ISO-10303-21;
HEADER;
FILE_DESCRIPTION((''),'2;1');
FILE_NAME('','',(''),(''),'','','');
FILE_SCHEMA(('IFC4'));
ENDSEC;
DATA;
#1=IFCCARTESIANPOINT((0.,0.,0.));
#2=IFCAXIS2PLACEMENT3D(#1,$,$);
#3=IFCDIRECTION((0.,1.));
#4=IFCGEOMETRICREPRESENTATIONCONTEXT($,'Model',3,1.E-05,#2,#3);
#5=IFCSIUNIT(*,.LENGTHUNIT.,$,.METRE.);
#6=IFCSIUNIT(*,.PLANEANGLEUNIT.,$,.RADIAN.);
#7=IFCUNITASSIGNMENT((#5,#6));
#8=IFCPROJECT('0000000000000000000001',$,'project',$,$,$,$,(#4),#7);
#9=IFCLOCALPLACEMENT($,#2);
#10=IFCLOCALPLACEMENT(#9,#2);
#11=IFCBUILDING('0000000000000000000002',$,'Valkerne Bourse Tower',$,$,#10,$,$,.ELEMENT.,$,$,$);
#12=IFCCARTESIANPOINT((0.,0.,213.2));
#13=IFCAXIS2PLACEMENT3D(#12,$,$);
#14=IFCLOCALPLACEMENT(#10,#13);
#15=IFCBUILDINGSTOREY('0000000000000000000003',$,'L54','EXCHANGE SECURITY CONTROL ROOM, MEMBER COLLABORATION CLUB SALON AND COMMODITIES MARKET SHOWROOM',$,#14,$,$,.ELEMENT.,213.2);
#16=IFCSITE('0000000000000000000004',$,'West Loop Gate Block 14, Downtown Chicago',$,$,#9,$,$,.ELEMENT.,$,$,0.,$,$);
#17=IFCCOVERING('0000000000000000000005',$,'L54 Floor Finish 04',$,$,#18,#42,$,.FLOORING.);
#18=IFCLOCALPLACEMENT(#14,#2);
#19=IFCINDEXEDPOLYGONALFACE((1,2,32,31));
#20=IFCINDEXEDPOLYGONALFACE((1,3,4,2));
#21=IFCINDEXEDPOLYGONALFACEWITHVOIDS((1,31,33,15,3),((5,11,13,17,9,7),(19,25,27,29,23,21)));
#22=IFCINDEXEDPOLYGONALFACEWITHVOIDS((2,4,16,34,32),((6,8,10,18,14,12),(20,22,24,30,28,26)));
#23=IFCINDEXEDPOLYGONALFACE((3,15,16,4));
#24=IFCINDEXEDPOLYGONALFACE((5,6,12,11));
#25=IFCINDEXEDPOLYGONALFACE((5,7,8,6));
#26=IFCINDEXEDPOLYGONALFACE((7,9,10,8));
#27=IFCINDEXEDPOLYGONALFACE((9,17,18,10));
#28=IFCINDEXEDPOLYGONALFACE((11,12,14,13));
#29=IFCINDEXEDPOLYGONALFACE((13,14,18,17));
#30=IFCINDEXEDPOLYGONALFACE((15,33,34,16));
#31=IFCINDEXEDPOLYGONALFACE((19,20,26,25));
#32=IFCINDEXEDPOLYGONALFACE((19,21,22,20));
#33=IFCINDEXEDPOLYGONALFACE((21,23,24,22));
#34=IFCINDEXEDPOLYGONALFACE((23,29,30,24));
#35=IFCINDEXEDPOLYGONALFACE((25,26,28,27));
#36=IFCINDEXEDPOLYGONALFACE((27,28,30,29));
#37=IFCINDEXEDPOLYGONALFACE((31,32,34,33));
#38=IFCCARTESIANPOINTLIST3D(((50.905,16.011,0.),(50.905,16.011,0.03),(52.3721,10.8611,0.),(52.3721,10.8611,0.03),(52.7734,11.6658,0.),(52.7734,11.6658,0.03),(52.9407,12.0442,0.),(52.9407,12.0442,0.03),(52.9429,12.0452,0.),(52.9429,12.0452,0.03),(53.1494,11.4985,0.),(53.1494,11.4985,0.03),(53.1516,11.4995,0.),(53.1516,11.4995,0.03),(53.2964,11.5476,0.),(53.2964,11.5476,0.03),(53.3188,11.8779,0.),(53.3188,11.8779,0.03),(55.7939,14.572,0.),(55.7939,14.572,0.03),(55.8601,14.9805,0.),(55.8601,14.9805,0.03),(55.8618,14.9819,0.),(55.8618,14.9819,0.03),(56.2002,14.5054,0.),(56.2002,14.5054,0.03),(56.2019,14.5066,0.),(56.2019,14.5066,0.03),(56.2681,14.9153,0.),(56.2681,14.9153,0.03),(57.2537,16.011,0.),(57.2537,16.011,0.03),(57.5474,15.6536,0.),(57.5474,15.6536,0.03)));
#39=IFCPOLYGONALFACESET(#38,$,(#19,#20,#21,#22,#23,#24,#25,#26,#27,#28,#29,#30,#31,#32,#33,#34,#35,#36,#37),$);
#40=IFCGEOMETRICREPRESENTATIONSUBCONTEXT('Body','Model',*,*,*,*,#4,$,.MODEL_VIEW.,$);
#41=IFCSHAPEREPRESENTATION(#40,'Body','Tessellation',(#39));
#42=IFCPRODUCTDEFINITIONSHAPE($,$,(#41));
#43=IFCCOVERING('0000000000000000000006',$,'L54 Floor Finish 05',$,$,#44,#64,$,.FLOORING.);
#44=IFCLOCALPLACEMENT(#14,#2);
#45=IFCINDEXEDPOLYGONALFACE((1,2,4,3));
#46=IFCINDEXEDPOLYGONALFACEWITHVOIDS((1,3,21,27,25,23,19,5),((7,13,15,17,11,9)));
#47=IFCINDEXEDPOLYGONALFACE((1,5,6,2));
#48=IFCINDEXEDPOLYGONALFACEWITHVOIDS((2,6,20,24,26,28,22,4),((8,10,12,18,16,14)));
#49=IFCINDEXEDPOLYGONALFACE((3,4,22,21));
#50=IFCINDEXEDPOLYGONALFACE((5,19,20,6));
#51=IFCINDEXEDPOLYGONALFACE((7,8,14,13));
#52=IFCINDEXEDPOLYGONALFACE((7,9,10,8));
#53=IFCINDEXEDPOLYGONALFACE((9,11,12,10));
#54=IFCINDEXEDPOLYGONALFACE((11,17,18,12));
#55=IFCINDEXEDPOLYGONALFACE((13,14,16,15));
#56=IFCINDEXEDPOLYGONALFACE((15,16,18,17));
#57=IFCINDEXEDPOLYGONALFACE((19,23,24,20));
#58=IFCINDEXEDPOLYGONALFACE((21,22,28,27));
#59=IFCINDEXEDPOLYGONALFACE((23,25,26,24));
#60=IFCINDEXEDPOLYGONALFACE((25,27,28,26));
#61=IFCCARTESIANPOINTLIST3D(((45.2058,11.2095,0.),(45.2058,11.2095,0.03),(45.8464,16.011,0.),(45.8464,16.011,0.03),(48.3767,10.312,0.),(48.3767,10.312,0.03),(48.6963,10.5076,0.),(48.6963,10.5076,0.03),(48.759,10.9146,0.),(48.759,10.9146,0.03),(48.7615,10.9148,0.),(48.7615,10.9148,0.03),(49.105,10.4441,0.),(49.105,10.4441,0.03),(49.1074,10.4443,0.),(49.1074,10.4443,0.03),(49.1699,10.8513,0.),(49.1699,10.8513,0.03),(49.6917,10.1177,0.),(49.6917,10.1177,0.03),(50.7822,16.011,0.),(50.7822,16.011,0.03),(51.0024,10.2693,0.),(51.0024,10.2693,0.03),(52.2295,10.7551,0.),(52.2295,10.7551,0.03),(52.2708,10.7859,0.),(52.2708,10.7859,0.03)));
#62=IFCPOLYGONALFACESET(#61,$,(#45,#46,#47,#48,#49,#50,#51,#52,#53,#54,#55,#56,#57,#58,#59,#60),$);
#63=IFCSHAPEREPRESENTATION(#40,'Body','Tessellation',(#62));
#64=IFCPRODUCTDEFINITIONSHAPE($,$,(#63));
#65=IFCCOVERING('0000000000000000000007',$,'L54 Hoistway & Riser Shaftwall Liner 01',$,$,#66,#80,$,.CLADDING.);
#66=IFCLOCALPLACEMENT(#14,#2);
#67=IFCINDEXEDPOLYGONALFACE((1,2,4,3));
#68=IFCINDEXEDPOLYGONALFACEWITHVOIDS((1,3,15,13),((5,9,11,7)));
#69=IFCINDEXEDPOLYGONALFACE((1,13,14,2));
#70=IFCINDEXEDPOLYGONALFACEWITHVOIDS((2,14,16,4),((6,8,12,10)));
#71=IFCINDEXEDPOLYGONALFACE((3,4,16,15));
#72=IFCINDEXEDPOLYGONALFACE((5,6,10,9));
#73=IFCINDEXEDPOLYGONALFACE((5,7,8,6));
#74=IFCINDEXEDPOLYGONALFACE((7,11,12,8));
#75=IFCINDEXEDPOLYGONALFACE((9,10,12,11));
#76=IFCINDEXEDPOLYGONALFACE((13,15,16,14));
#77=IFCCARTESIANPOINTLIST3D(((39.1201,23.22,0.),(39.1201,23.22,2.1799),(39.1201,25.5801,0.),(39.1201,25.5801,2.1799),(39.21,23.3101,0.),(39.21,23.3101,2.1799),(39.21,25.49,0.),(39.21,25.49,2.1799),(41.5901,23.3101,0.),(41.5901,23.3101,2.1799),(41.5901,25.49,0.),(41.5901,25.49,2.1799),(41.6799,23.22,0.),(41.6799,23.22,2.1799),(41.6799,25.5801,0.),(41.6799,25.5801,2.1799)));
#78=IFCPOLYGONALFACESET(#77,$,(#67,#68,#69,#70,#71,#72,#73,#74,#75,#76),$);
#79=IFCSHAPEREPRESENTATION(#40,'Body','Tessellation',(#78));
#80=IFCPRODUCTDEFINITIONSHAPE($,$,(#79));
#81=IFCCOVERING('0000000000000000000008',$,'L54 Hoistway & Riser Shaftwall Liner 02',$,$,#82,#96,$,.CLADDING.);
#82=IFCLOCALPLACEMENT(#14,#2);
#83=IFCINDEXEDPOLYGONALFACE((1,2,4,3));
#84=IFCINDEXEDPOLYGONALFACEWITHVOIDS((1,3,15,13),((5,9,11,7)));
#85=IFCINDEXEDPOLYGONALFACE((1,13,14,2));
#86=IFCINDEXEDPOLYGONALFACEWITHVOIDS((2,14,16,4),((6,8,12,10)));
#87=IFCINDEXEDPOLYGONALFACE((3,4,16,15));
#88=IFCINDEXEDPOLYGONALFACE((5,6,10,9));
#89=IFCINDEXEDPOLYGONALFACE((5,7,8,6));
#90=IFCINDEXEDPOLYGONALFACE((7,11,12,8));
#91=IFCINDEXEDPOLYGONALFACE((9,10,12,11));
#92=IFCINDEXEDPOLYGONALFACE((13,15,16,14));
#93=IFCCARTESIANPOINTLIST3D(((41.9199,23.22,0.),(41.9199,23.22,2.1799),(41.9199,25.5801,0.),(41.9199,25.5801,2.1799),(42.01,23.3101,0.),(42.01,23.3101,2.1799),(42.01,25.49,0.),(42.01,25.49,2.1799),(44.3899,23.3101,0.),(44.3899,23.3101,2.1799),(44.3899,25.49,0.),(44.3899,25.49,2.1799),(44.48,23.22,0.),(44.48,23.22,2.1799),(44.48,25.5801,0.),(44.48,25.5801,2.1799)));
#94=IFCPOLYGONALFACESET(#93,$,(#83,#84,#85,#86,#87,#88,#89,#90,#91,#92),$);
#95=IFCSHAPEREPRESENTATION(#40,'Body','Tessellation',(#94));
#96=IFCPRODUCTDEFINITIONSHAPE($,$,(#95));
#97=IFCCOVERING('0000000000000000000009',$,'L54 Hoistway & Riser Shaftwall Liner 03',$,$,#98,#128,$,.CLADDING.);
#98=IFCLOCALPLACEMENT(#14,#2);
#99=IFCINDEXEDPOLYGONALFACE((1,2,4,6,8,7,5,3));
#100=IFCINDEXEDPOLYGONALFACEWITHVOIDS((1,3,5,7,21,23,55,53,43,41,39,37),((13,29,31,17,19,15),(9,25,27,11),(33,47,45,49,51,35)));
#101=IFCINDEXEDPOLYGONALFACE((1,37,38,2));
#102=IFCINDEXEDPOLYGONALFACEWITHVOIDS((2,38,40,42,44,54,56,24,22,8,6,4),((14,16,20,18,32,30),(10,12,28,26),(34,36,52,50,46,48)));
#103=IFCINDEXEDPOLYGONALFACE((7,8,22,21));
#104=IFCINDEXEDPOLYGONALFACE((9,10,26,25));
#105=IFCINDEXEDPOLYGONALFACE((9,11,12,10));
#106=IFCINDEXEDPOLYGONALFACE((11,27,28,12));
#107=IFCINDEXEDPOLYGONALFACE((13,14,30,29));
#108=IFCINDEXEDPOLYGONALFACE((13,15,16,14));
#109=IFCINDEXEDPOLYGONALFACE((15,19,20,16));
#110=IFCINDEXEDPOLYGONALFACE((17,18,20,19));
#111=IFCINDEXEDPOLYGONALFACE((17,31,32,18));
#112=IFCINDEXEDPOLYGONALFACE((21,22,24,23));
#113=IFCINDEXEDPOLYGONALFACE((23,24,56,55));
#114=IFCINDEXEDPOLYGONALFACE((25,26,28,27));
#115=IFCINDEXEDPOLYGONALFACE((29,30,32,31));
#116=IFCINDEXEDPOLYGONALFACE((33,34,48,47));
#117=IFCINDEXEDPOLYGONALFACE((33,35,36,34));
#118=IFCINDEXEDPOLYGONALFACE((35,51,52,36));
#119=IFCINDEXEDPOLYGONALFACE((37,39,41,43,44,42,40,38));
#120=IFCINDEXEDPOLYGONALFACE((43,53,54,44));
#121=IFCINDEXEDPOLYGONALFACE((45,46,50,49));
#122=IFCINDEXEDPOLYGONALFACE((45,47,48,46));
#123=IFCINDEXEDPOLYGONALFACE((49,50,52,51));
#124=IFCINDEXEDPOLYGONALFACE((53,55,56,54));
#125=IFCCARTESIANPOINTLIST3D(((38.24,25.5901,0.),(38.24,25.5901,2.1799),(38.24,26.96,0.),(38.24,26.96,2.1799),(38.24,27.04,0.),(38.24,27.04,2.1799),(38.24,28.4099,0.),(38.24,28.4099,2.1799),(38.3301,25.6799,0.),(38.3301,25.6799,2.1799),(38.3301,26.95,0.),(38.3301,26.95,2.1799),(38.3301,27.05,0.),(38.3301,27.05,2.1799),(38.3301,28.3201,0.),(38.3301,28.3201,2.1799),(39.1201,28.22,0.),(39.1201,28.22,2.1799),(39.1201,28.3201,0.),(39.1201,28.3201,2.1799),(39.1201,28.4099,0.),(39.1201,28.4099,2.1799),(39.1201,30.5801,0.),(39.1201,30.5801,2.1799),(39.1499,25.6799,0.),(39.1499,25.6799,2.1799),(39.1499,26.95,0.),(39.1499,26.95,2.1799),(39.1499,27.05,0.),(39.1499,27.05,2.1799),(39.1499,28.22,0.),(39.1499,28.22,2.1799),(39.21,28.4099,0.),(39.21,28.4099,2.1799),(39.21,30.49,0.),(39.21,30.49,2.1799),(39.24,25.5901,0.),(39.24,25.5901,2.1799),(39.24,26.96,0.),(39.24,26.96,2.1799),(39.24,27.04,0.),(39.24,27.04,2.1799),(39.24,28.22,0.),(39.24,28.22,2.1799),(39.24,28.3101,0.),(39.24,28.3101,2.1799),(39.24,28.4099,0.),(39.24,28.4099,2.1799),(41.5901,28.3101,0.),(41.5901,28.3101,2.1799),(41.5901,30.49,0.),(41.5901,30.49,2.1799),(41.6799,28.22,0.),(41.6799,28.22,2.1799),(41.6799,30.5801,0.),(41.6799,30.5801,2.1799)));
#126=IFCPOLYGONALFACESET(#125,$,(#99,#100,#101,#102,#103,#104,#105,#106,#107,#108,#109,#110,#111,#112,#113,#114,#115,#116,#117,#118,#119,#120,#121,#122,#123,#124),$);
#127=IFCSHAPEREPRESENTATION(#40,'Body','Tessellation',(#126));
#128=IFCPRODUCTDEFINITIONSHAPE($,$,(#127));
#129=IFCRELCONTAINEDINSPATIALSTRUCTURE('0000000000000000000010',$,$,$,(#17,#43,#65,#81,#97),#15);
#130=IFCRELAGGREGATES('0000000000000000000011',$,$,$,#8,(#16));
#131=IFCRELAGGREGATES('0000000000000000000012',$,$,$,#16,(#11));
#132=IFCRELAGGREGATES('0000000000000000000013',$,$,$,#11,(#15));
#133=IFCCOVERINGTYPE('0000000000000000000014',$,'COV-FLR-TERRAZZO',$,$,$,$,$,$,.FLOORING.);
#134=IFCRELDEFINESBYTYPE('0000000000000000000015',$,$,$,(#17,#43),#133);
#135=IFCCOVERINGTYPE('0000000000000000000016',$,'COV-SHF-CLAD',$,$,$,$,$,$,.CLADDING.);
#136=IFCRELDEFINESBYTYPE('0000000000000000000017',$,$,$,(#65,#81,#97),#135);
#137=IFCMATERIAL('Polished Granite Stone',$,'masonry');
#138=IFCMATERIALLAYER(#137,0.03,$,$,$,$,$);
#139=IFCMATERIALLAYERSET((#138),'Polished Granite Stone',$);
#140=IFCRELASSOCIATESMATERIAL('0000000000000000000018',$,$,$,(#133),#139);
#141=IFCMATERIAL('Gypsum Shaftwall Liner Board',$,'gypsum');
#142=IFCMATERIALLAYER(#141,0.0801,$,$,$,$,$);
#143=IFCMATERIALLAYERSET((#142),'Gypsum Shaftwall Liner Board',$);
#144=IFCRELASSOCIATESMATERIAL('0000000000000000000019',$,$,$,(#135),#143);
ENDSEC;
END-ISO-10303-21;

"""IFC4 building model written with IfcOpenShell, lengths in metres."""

from ifc_helpers import new_model, si_unit, direction, frame, origin, place, context, subcontext, project, spatial, polyline, outline, extrude, material, layer, layer_set, type_object, element, save


model = new_model("IFC4")

# Units and contexts
model_context = context("Model", 3, precision=1e-05, world=origin(), true_north=direction((0.0, 1.0)))
body_context = subcontext(model_context, "Body", "Model", "MODEL_VIEW")
ifc_project = project(units=[si_unit("LENGTHUNIT", "METRE"), si_unit("PLANEANGLEUNIT", "RADIAN")], contexts=[model_context])

# Site, building, storey
site_placement = place(None, origin())
site = spatial("IfcSite", under=ifc_project, at=site_placement, Name="West Loop Gate Block 14, Downtown Chicago", CompositionType="ELEMENT", RefElevation=0.0)
building_placement = place(site_placement, origin())
building = spatial("IfcBuilding", under=site, at=building_placement, Name="Valkerne Bourse Tower", CompositionType="ELEMENT")
storey_placement = place(building_placement, frame((0.0, 0.0, 213.2)))
storey = spatial("IfcBuildingStorey", under=building, at=storey_placement, Name="L54", Description="EXCHANGE SECURITY CONTROL ROOM, MEMBER COLLABORATION CLUB SALON AND COMMODITIES MARKET SHOWROOM", CompositionType="ELEMENT", Elevation=213.2)

# Coverings
ifc_material_1 = material(Name="Polished Granite Stone", Category="masonry")
ifc_layer_1 = layer(ifc_material_1, 0.03)
ifc_layer_set_1 = layer_set([ifc_layer_1], Name="Polished Granite Stone")
covering_type_1 = type_object("IfcCoveringType", Name="COV-FLR-TERRAZZO", PredefinedType="FLOORING", material=ifc_layer_set_1)
covering_1_placement = place(storey_placement, origin())
element("IfcCovering", 1, at=covering_1_placement, inside=storey, type_object=covering_type_1, Name="L54 Floor Finish 04", PredefinedType="FLOORING", context=body_context, shape_type="SweptSolid", body=[
    extrude(outline(polyline([(50.905, 16.011), (57.2537, 16.011), (57.5474, 15.6536), (53.2964, 11.5476), (52.3721, 10.8611), (50.905, 16.011)]), holes=[polyline([(53.3188, 11.8779), (52.9429, 12.0452), (52.9407, 12.0442), (52.7734, 11.6658), (53.1494, 11.4985), (53.1516, 11.4995), (53.3188, 11.8779)]), polyline([(56.2681, 14.9153), (55.8618, 14.9819), (55.8601, 14.9805), (55.7939, 14.572), (56.2002, 14.5054), (56.2019, 14.5066), (56.2681, 14.9153)])]), origin(), (0.0, 0.0, 1.0), 0.03),
])
covering_2_placement = place(storey_placement, origin())
element("IfcCovering", 2, at=covering_2_placement, inside=storey, type_object=covering_type_1, Name="L54 Floor Finish 05", PredefinedType="FLOORING", context=body_context, shape_type="SweptSolid", body=[
    extrude(outline(polyline([(49.6917, 10.1177), (48.3767, 10.312), (45.2058, 11.2095), (45.8464, 16.011), (50.7822, 16.011), (52.2708, 10.7859), (52.2295, 10.7551), (51.0024, 10.2693), (49.6917, 10.1177)]), holes=[polyline([(49.1699, 10.8513), (48.7615, 10.9148), (48.759, 10.9146), (48.6963, 10.5076), (49.105, 10.4441), (49.1074, 10.4443), (49.1699, 10.8513)])]), origin(), (0.0, 0.0, 1.0), 0.03),
])
ifc_material_2 = material(Name="Gypsum Shaftwall Liner Board", Category="gypsum")
ifc_layer_2 = layer(ifc_material_2, 0.0801)
ifc_layer_set_2 = layer_set([ifc_layer_2], Name="Gypsum Shaftwall Liner Board")
covering_type_2 = type_object("IfcCoveringType", Name="COV-SHF-CLAD", PredefinedType="CLADDING", material=ifc_layer_set_2)
covering_3_placement = place(storey_placement, origin())
element("IfcCovering", 3, at=covering_3_placement, inside=storey, type_object=covering_type_2, Name="L54 Hoistway & Riser Shaftwall Liner 01", PredefinedType="CLADDING", context=body_context, shape_type="SweptSolid", body=[
    extrude(outline(polyline([(41.6799, 25.5801), (41.6799, 23.22), (39.1201, 23.22), (39.1201, 25.5801), (41.6799, 25.5801)]), holes=[polyline([(41.5901, 25.49), (39.21, 25.49), (39.21, 23.3101), (41.5901, 23.3101), (41.5901, 25.49)])]), origin(), (0.0, 0.0, 1.0), 2.1799),
])
covering_4_placement = place(storey_placement, origin())
element("IfcCovering", 4, at=covering_4_placement, inside=storey, type_object=covering_type_2, Name="L54 Hoistway & Riser Shaftwall Liner 02", PredefinedType="CLADDING", context=body_context, shape_type="SweptSolid", body=[
    extrude(outline(polyline([(44.48, 23.22), (41.9199, 23.22), (41.9199, 25.5801), (44.48, 25.5801), (44.48, 23.22)]), holes=[polyline([(42.01, 25.49), (42.01, 23.3101), (44.3899, 23.3101), (44.3899, 25.49), (42.01, 25.49)])]), origin(), (0.0, 0.0, 1.0), 2.1799),
])
covering_5_placement = place(storey_placement, origin())
element("IfcCovering", 5, at=covering_5_placement, inside=storey, type_object=covering_type_2, Name="L54 Hoistway & Riser Shaftwall Liner 03", PredefinedType="CLADDING", context=body_context, shape_type="SweptSolid", body=[
    extrude(outline(polyline([(38.24, 28.4099), (39.1201, 28.4099), (39.1201, 30.5801), (41.6799, 30.5801), (41.6799, 28.22), (39.24, 28.22), (39.24, 27.04), (39.24, 26.96), (39.24, 25.5901), (38.24, 25.5901), (38.24, 26.96), (38.24, 27.04), (38.24, 28.4099)]), holes=[polyline([(38.3301, 26.95), (38.3301, 25.6799), (39.1499, 25.6799), (39.1499, 26.95), (38.3301, 26.95)]), polyline([(39.21, 30.49), (39.21, 28.4099), (39.24, 28.4099), (39.24, 28.3101), (41.5901, 28.3101), (41.5901, 30.49), (39.21, 30.49)]), polyline([(38.3301, 27.05), (39.1499, 27.05), (39.1499, 28.22), (39.1201, 28.22), (39.1201, 28.3201), (38.3301, 28.3201), (38.3301, 27.05)])]), origin(), (0.0, 0.0, 1.0), 2.1799),
])

save(model, "model.ifc")
